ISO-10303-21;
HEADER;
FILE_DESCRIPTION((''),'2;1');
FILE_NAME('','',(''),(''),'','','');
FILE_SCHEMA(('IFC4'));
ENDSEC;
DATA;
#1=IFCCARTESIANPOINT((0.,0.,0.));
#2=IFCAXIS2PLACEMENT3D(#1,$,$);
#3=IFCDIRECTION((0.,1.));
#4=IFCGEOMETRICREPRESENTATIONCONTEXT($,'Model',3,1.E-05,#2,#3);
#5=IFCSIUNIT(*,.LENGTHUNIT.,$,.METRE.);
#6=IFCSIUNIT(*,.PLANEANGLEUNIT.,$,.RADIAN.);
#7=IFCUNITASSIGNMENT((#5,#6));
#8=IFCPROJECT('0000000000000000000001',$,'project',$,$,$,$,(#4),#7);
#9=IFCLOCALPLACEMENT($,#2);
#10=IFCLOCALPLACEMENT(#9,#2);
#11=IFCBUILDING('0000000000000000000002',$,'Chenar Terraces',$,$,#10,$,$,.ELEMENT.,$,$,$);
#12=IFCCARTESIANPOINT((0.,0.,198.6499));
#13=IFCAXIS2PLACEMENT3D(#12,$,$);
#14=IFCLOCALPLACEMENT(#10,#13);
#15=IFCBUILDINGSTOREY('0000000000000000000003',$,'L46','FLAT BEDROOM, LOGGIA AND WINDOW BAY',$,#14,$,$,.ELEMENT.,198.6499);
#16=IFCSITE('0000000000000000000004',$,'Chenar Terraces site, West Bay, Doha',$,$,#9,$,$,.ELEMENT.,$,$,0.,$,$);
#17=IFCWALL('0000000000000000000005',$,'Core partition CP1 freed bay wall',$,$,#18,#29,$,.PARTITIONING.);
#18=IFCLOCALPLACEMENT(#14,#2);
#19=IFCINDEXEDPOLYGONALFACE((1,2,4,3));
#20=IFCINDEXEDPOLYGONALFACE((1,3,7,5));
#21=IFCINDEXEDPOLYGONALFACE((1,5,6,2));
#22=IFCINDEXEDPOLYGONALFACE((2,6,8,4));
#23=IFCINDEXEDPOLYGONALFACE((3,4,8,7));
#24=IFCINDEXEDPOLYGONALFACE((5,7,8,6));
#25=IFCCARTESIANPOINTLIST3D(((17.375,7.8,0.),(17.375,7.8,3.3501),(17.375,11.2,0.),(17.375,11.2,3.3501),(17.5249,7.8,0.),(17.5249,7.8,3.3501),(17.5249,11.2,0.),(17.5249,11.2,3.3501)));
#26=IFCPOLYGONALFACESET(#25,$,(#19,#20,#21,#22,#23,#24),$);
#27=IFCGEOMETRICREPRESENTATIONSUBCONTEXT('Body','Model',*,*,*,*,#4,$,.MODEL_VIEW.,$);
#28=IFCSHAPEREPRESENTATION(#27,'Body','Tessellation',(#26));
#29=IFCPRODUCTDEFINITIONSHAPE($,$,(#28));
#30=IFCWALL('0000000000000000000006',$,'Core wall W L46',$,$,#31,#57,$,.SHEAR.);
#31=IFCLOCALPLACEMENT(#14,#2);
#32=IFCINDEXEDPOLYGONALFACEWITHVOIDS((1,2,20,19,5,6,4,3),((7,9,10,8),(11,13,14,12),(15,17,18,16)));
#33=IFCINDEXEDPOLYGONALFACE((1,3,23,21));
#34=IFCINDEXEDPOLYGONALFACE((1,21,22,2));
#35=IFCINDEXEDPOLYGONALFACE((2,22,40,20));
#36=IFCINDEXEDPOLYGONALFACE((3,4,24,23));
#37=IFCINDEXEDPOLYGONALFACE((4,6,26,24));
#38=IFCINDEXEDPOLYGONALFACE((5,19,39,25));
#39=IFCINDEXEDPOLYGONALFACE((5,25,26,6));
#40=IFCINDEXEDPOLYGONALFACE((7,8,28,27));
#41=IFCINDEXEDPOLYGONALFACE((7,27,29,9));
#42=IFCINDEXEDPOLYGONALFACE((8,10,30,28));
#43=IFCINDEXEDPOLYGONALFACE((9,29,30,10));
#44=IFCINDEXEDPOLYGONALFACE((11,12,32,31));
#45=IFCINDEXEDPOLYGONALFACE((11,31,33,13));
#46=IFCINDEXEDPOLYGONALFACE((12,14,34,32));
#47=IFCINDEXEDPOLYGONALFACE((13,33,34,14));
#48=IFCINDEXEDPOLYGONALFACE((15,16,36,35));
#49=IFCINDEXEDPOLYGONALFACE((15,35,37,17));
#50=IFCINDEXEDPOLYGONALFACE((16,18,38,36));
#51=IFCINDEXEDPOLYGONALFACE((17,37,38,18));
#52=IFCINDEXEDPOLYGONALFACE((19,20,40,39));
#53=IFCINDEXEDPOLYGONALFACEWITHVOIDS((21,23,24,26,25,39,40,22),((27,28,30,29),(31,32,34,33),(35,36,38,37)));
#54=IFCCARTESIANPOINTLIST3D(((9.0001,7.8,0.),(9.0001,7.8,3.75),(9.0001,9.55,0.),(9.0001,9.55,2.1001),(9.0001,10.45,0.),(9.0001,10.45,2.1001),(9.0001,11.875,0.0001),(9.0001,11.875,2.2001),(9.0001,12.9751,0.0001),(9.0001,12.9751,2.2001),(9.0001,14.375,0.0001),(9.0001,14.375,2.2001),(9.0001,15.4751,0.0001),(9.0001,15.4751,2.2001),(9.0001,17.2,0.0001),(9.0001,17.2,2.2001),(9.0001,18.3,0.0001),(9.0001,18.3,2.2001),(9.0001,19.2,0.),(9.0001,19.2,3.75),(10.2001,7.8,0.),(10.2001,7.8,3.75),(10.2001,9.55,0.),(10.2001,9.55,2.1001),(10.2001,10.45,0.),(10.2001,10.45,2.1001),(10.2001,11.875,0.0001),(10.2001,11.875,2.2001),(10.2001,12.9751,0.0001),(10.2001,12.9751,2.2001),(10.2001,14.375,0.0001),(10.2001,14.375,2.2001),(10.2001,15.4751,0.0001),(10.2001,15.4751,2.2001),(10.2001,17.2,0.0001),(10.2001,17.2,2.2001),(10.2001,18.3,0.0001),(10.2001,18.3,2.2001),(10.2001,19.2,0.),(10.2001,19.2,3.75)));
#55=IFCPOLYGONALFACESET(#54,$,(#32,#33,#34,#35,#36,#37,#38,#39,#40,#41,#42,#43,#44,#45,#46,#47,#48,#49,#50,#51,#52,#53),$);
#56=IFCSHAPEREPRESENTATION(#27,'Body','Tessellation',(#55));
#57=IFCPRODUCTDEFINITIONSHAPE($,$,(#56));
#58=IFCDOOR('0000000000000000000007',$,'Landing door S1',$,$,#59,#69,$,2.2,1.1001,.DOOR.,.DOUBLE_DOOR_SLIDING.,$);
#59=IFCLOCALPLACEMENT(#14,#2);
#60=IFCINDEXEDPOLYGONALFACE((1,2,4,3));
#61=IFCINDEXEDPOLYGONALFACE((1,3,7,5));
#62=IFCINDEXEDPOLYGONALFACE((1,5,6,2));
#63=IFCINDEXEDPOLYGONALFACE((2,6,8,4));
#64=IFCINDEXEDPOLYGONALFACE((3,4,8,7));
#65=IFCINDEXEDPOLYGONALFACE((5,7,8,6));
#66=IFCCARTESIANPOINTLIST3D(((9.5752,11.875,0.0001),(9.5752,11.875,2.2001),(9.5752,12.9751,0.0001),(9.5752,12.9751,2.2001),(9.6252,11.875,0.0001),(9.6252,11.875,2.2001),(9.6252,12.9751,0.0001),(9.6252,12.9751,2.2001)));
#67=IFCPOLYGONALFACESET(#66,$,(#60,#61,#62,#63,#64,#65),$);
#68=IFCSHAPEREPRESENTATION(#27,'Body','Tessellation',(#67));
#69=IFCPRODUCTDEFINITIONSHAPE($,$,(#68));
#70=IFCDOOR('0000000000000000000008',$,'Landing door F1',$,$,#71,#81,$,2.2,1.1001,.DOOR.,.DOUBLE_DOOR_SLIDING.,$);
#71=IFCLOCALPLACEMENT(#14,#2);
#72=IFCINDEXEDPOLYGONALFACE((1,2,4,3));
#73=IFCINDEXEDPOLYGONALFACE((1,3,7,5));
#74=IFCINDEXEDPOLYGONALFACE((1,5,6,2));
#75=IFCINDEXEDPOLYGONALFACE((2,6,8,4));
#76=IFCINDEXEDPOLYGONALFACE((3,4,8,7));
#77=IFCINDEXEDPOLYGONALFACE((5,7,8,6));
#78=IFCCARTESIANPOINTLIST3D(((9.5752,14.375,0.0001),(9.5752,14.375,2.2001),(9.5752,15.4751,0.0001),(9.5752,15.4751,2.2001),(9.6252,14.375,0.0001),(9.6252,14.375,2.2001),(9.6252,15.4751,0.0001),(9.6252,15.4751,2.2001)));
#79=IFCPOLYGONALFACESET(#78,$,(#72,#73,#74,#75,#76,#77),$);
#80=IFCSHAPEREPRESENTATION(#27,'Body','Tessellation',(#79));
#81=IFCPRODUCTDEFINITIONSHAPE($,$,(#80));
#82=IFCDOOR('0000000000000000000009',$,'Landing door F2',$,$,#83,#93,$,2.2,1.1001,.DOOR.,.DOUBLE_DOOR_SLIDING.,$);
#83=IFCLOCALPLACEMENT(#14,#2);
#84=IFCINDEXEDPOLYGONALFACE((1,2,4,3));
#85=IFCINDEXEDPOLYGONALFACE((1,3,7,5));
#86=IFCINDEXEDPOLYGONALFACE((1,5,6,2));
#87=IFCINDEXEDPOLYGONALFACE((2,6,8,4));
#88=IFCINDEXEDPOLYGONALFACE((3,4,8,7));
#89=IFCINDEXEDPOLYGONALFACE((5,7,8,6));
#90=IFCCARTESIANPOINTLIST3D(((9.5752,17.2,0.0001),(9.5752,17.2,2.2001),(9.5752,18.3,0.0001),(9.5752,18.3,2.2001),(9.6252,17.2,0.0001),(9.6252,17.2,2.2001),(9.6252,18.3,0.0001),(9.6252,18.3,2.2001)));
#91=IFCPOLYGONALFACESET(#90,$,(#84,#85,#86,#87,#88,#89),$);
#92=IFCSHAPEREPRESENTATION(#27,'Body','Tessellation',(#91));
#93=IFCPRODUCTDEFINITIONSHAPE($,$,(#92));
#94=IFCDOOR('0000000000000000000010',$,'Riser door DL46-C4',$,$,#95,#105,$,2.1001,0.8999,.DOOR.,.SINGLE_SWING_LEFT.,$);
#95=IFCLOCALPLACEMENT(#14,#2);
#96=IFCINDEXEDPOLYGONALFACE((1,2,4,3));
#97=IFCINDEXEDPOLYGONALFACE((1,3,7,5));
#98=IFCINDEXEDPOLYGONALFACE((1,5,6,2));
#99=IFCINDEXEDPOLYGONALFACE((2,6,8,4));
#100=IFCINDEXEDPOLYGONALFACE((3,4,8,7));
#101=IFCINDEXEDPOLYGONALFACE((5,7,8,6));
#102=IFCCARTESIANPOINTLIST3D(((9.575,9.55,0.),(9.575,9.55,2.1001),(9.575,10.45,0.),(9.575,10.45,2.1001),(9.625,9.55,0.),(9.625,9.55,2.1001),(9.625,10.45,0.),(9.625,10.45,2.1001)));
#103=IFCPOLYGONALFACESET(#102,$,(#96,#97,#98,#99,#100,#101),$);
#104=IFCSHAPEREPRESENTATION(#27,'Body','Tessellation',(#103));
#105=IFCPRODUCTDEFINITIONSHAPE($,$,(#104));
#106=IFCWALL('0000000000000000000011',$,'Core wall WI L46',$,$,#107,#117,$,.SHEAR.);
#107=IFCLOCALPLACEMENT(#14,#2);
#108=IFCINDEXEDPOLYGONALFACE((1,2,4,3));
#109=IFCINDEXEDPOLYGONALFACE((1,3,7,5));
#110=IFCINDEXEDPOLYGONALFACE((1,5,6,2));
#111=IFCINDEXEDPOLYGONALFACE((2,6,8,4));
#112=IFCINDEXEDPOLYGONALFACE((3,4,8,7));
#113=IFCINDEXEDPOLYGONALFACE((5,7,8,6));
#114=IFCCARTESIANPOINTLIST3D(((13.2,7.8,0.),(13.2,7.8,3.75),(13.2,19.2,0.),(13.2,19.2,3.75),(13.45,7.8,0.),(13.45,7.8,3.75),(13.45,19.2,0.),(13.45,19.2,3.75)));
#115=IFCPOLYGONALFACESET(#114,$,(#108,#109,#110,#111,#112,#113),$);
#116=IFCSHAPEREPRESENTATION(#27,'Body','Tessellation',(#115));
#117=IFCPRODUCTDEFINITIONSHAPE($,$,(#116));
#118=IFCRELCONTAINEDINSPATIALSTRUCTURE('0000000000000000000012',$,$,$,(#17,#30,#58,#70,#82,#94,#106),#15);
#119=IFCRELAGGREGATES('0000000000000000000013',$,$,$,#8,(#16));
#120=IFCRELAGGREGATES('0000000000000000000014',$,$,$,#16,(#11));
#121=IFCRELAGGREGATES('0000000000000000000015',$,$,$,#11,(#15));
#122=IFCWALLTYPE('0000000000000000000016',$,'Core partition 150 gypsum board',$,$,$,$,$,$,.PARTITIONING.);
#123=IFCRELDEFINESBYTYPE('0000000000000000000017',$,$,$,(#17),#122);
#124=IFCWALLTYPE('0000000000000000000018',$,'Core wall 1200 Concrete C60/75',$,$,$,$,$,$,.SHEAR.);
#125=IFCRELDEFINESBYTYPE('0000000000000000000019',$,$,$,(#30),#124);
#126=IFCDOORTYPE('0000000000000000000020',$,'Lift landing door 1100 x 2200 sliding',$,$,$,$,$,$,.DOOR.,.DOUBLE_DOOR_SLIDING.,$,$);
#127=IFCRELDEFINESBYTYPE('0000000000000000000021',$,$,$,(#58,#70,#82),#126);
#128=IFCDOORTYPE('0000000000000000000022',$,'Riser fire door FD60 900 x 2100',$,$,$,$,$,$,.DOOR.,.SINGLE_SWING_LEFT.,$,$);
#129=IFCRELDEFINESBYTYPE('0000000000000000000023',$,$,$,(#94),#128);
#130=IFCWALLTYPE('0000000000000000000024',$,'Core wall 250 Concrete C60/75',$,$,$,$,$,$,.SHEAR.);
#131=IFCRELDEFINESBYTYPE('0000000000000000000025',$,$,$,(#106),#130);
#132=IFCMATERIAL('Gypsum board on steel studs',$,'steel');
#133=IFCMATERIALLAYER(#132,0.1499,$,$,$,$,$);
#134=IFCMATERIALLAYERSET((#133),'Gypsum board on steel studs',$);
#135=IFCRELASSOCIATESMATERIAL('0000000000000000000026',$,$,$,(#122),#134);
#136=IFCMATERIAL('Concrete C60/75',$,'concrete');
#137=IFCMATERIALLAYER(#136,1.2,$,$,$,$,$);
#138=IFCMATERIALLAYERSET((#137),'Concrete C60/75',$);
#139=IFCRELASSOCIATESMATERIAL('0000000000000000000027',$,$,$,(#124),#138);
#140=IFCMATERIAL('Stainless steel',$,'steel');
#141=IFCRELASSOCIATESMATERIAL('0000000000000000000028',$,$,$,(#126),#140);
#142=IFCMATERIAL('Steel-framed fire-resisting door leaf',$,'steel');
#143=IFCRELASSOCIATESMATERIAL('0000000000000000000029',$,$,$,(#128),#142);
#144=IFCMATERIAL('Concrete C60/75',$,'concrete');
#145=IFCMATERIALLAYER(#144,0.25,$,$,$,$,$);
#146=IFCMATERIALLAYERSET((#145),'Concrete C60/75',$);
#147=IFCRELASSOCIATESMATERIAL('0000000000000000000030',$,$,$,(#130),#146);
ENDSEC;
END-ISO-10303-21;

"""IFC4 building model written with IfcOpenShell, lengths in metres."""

from ifc_helpers import new_model, si_unit, direction, frame, frame_2d, origin, place, context, subcontext, project, spatial, rectangle, extrude, material, layer, layer_set, type_object, element, fill, save


model = new_model("IFC4")

# Units and contexts
model_context = context("Model", 3, precision=1e-05, world=origin(), true_north=direction((0.0, 1.0)))
body_context = subcontext(model_context, "Body", "Model", "MODEL_VIEW")
ifc_project = project(units=[si_unit("LENGTHUNIT", "METRE"), si_unit("PLANEANGLEUNIT", "RADIAN")], contexts=[model_context])

# Site, building, storey
site_placement = place(None, origin())
site = spatial("IfcSite", under=ifc_project, at=site_placement, Name="Chenar Terraces site, West Bay, Doha", CompositionType="ELEMENT", RefElevation=0.0)
building_placement = place(site_placement, origin())
building = spatial("IfcBuilding", under=site, at=building_placement, Name="Chenar Terraces", CompositionType="ELEMENT")
storey_placement = place(building_placement, frame((0.0, 0.0, 198.6499)))
storey = spatial("IfcBuildingStorey", under=building, at=storey_placement, Name="L46", Description="FLAT BEDROOM, LOGGIA AND WINDOW BAY", CompositionType="ELEMENT", Elevation=198.6499)

# Wall
ifc_material_1 = material(Name="Gypsum board on steel studs", Category="steel")
ifc_layer_1 = layer(ifc_material_1, 0.1499)
ifc_layer_set_1 = layer_set([ifc_layer_1], Name="Gypsum board on steel studs")
wall_type_1 = type_object("IfcWallType", Name="Core partition 150 gypsum board", PredefinedType="PARTITIONING", material=ifc_layer_set_1)
wall_1_placement = place(storey_placement, frame((17.45, 7.8, 0.0), z_axis=(0.0, 0.0, 1.0), x_axis=(0.0, 1.0, 0.0)))
element("IfcWall", 1, at=wall_1_placement, inside=storey, type_object=wall_type_1, Name="Core partition CP1 freed bay wall", PredefinedType="PARTITIONING", context=body_context, shape_type="SweptSolid", body=[
    extrude(rectangle(XDim=3.3999, YDim=0.1499, at=frame_2d((1.7, 0.0))), origin(), (0.0, 0.0, 1.0), 3.3501),
])

# Wall, openings, doors
ifc_material_2 = material(Name="Concrete C60/75", Category="concrete")
ifc_layer_2 = layer(ifc_material_2, 1.2)
ifc_layer_set_2 = layer_set([ifc_layer_2], Name="Concrete C60/75")
wall_type_2 = type_object("IfcWallType", Name="Core wall 1200 Concrete C60/75", PredefinedType="SHEAR", material=ifc_layer_set_2)
wall_2_placement = place(storey_placement, frame((9.6001, 7.8, 0.0), z_axis=(0.0, 0.0, 1.0), x_axis=(0.0, 1.0, 0.0)))
wall_2 = element("IfcWall", 2, at=wall_2_placement, inside=storey, type_object=wall_type_2, Name="Core wall W L46", PredefinedType="SHEAR", context=body_context, shape_type="SweptSolid", body=[
    extrude(rectangle(XDim=11.3999, YDim=1.2, at=frame_2d((5.7, 0.0))), origin(), (0.0, 0.0, 1.0), 3.75),
])
opening_1_placement = place(wall_2_placement, frame((4.075, 0.0, 0.0)))
opening_1 = element("IfcOpeningElement", 3, at=opening_1_placement, cuts=wall_2, PredefinedType="OPENING", context=body_context, shape_type="SweptSolid", body=[
    extrude(rectangle(XDim=1.1001, YDim=2.2, at=frame_2d((0.55, 1.1001))), frame((0.0, 0.6099, 0.0), z_axis=(0.0, -1.0, 0.0), x_axis=(1.0, 0.0, 0.0)), (0.0, 0.0, 1.0), 1.22),
])
opening_2_placement = place(wall_2_placement, frame((6.575, 0.0, 0.0)))
opening_2 = element("IfcOpeningElement", 4, at=opening_2_placement, cuts=wall_2, PredefinedType="OPENING", context=body_context, shape_type="SweptSolid", body=[
    extrude(rectangle(XDim=1.1001, YDim=2.2, at=frame_2d((0.55, 1.1001))), frame((0.0, 0.6099, 0.0), z_axis=(0.0, -1.0, 0.0), x_axis=(1.0, 0.0, 0.0)), (0.0, 0.0, 1.0), 1.22),
])
opening_3_placement = place(wall_2_placement, frame((9.3999, 0.0, 0.0)))
opening_3 = element("IfcOpeningElement", 5, at=opening_3_placement, cuts=wall_2, PredefinedType="OPENING", context=body_context, shape_type="SweptSolid", body=[
    extrude(rectangle(XDim=1.1001, YDim=2.2, at=frame_2d((0.55, 1.1001))), frame((0.0, 0.6099, 0.0), z_axis=(0.0, -1.0, 0.0), x_axis=(1.0, 0.0, 0.0)), (0.0, 0.0, 1.0), 1.22),
])
opening_4_placement = place(wall_2_placement, frame((1.75, 0.0, 0.0)))
opening_4 = element("IfcOpeningElement", 6, at=opening_4_placement, cuts=wall_2, PredefinedType="OPENING", context=body_context, shape_type="SweptSolid", body=[
    extrude(rectangle(XDim=0.8999, YDim=2.1001, at=frame_2d((0.45, 1.05))), frame((0.0, 0.6099, 0.0), z_axis=(0.0, -1.0, 0.0), x_axis=(1.0, 0.0, 0.0)), (0.0, 0.0, 1.0), 1.22),
])
ifc_material_3 = material(Name="Stainless steel", Category="steel")
door_type_1 = type_object("IfcDoorType", Name="Lift landing door 1100 x 2200 sliding", OperationType="DOUBLE_DOOR_SLIDING", PredefinedType="DOOR", material=ifc_material_3)
door_1_placement = place(opening_1_placement, origin())
door_1 = element("IfcDoor", 7, at=door_1_placement, inside=storey, type_object=door_type_1, Name="Landing door S1", OperationType="DOUBLE_DOOR_SLIDING", OverallHeight=2.2, OverallWidth=1.1001, PredefinedType="DOOR", context=body_context, shape_type="SweptSolid", body=[
    extrude(rectangle(XDim=1.1001, YDim=2.2, at=frame_2d((0.55, 1.1001))), frame((0.0, 0.0249, 0.0), z_axis=(0.0, -1.0, 0.0), x_axis=(1.0, 0.0, 0.0)), (0.0, 0.0, 1.0), 0.05),
])
fill(opening_1, door_1)
door_2_placement = place(opening_2_placement, origin())
door_2 = element("IfcDoor", 8, at=door_2_placement, inside=storey, type_object=door_type_1, Name="Landing door F1", OperationType="DOUBLE_DOOR_SLIDING", OverallHeight=2.2, OverallWidth=1.1001, PredefinedType="DOOR", context=body_context, shape_type="SweptSolid", body=[
    extrude(rectangle(XDim=1.1001, YDim=2.2, at=frame_2d((0.55, 1.1001))), frame((0.0, 0.0249, 0.0), z_axis=(0.0, -1.0, 0.0), x_axis=(1.0, 0.0, 0.0)), (0.0, 0.0, 1.0), 0.05),
])
fill(opening_2, door_2)
door_3_placement = place(opening_3_placement, origin())
door_3 = element("IfcDoor", 9, at=door_3_placement, inside=storey, type_object=door_type_1, Name="Landing door F2", OperationType="DOUBLE_DOOR_SLIDING", OverallHeight=2.2, OverallWidth=1.1001, PredefinedType="DOOR", context=body_context, shape_type="SweptSolid", body=[
    extrude(rectangle(XDim=1.1001, YDim=2.2, at=frame_2d((0.55, 1.1001))), frame((0.0, 0.0249, 0.0), z_axis=(0.0, -1.0, 0.0), x_axis=(1.0, 0.0, 0.0)), (0.0, 0.0, 1.0), 0.05),
])
fill(opening_3, door_3)
ifc_material_4 = material(Name="Steel-framed fire-resisting door leaf", Category="steel")
door_type_2 = type_object("IfcDoorType", Name="Riser fire door FD60 900 x 2100", OperationType="SINGLE_SWING_LEFT", PredefinedType="DOOR", material=ifc_material_4)
door_4_placement = place(opening_4_placement, frame((0.8999, 0.0, 0.0), z_axis=(0.0, 0.0, 1.0), x_axis=(-1.0, 0.0, 0.0)))
door_4 = element("IfcDoor", 10, at=door_4_placement, inside=storey, type_object=door_type_2, Name="Riser door DL46-C4", OperationType="SINGLE_SWING_LEFT", OverallHeight=2.1001, OverallWidth=0.8999, PredefinedType="DOOR", context=body_context, shape_type="SweptSolid", body=[
    extrude(rectangle(XDim=0.8999, YDim=2.1001, at=frame_2d((0.45, 1.05))), frame((0.0, 0.0249, 0.0), z_axis=(0.0, -1.0, 0.0), x_axis=(1.0, 0.0, 0.0)), (0.0, 0.0, 1.0), 0.05),
])
fill(opening_4, door_4)

# Wall
ifc_material_5 = material(Name="Concrete C60/75", Category="concrete")
ifc_layer_3 = layer(ifc_material_5, 0.25)
ifc_layer_set_3 = layer_set([ifc_layer_3], Name="Concrete C60/75")
wall_type_3 = type_object("IfcWallType", Name="Core wall 250 Concrete C60/75", PredefinedType="SHEAR", material=ifc_layer_set_3)
wall_3_placement = place(storey_placement, frame((13.325, 7.8, 0.0), z_axis=(0.0, 0.0, 1.0), x_axis=(0.0, 1.0, 0.0)))
element("IfcWall", 11, at=wall_3_placement, inside=storey, type_object=wall_type_3, Name="Core wall WI L46", PredefinedType="SHEAR", context=body_context, shape_type="SweptSolid", body=[
    extrude(rectangle(XDim=11.3999, YDim=0.25, at=frame_2d((5.7, 0.0))), origin(), (0.0, 0.0, 1.0), 3.75),
])

save(model, "model.ifc")
